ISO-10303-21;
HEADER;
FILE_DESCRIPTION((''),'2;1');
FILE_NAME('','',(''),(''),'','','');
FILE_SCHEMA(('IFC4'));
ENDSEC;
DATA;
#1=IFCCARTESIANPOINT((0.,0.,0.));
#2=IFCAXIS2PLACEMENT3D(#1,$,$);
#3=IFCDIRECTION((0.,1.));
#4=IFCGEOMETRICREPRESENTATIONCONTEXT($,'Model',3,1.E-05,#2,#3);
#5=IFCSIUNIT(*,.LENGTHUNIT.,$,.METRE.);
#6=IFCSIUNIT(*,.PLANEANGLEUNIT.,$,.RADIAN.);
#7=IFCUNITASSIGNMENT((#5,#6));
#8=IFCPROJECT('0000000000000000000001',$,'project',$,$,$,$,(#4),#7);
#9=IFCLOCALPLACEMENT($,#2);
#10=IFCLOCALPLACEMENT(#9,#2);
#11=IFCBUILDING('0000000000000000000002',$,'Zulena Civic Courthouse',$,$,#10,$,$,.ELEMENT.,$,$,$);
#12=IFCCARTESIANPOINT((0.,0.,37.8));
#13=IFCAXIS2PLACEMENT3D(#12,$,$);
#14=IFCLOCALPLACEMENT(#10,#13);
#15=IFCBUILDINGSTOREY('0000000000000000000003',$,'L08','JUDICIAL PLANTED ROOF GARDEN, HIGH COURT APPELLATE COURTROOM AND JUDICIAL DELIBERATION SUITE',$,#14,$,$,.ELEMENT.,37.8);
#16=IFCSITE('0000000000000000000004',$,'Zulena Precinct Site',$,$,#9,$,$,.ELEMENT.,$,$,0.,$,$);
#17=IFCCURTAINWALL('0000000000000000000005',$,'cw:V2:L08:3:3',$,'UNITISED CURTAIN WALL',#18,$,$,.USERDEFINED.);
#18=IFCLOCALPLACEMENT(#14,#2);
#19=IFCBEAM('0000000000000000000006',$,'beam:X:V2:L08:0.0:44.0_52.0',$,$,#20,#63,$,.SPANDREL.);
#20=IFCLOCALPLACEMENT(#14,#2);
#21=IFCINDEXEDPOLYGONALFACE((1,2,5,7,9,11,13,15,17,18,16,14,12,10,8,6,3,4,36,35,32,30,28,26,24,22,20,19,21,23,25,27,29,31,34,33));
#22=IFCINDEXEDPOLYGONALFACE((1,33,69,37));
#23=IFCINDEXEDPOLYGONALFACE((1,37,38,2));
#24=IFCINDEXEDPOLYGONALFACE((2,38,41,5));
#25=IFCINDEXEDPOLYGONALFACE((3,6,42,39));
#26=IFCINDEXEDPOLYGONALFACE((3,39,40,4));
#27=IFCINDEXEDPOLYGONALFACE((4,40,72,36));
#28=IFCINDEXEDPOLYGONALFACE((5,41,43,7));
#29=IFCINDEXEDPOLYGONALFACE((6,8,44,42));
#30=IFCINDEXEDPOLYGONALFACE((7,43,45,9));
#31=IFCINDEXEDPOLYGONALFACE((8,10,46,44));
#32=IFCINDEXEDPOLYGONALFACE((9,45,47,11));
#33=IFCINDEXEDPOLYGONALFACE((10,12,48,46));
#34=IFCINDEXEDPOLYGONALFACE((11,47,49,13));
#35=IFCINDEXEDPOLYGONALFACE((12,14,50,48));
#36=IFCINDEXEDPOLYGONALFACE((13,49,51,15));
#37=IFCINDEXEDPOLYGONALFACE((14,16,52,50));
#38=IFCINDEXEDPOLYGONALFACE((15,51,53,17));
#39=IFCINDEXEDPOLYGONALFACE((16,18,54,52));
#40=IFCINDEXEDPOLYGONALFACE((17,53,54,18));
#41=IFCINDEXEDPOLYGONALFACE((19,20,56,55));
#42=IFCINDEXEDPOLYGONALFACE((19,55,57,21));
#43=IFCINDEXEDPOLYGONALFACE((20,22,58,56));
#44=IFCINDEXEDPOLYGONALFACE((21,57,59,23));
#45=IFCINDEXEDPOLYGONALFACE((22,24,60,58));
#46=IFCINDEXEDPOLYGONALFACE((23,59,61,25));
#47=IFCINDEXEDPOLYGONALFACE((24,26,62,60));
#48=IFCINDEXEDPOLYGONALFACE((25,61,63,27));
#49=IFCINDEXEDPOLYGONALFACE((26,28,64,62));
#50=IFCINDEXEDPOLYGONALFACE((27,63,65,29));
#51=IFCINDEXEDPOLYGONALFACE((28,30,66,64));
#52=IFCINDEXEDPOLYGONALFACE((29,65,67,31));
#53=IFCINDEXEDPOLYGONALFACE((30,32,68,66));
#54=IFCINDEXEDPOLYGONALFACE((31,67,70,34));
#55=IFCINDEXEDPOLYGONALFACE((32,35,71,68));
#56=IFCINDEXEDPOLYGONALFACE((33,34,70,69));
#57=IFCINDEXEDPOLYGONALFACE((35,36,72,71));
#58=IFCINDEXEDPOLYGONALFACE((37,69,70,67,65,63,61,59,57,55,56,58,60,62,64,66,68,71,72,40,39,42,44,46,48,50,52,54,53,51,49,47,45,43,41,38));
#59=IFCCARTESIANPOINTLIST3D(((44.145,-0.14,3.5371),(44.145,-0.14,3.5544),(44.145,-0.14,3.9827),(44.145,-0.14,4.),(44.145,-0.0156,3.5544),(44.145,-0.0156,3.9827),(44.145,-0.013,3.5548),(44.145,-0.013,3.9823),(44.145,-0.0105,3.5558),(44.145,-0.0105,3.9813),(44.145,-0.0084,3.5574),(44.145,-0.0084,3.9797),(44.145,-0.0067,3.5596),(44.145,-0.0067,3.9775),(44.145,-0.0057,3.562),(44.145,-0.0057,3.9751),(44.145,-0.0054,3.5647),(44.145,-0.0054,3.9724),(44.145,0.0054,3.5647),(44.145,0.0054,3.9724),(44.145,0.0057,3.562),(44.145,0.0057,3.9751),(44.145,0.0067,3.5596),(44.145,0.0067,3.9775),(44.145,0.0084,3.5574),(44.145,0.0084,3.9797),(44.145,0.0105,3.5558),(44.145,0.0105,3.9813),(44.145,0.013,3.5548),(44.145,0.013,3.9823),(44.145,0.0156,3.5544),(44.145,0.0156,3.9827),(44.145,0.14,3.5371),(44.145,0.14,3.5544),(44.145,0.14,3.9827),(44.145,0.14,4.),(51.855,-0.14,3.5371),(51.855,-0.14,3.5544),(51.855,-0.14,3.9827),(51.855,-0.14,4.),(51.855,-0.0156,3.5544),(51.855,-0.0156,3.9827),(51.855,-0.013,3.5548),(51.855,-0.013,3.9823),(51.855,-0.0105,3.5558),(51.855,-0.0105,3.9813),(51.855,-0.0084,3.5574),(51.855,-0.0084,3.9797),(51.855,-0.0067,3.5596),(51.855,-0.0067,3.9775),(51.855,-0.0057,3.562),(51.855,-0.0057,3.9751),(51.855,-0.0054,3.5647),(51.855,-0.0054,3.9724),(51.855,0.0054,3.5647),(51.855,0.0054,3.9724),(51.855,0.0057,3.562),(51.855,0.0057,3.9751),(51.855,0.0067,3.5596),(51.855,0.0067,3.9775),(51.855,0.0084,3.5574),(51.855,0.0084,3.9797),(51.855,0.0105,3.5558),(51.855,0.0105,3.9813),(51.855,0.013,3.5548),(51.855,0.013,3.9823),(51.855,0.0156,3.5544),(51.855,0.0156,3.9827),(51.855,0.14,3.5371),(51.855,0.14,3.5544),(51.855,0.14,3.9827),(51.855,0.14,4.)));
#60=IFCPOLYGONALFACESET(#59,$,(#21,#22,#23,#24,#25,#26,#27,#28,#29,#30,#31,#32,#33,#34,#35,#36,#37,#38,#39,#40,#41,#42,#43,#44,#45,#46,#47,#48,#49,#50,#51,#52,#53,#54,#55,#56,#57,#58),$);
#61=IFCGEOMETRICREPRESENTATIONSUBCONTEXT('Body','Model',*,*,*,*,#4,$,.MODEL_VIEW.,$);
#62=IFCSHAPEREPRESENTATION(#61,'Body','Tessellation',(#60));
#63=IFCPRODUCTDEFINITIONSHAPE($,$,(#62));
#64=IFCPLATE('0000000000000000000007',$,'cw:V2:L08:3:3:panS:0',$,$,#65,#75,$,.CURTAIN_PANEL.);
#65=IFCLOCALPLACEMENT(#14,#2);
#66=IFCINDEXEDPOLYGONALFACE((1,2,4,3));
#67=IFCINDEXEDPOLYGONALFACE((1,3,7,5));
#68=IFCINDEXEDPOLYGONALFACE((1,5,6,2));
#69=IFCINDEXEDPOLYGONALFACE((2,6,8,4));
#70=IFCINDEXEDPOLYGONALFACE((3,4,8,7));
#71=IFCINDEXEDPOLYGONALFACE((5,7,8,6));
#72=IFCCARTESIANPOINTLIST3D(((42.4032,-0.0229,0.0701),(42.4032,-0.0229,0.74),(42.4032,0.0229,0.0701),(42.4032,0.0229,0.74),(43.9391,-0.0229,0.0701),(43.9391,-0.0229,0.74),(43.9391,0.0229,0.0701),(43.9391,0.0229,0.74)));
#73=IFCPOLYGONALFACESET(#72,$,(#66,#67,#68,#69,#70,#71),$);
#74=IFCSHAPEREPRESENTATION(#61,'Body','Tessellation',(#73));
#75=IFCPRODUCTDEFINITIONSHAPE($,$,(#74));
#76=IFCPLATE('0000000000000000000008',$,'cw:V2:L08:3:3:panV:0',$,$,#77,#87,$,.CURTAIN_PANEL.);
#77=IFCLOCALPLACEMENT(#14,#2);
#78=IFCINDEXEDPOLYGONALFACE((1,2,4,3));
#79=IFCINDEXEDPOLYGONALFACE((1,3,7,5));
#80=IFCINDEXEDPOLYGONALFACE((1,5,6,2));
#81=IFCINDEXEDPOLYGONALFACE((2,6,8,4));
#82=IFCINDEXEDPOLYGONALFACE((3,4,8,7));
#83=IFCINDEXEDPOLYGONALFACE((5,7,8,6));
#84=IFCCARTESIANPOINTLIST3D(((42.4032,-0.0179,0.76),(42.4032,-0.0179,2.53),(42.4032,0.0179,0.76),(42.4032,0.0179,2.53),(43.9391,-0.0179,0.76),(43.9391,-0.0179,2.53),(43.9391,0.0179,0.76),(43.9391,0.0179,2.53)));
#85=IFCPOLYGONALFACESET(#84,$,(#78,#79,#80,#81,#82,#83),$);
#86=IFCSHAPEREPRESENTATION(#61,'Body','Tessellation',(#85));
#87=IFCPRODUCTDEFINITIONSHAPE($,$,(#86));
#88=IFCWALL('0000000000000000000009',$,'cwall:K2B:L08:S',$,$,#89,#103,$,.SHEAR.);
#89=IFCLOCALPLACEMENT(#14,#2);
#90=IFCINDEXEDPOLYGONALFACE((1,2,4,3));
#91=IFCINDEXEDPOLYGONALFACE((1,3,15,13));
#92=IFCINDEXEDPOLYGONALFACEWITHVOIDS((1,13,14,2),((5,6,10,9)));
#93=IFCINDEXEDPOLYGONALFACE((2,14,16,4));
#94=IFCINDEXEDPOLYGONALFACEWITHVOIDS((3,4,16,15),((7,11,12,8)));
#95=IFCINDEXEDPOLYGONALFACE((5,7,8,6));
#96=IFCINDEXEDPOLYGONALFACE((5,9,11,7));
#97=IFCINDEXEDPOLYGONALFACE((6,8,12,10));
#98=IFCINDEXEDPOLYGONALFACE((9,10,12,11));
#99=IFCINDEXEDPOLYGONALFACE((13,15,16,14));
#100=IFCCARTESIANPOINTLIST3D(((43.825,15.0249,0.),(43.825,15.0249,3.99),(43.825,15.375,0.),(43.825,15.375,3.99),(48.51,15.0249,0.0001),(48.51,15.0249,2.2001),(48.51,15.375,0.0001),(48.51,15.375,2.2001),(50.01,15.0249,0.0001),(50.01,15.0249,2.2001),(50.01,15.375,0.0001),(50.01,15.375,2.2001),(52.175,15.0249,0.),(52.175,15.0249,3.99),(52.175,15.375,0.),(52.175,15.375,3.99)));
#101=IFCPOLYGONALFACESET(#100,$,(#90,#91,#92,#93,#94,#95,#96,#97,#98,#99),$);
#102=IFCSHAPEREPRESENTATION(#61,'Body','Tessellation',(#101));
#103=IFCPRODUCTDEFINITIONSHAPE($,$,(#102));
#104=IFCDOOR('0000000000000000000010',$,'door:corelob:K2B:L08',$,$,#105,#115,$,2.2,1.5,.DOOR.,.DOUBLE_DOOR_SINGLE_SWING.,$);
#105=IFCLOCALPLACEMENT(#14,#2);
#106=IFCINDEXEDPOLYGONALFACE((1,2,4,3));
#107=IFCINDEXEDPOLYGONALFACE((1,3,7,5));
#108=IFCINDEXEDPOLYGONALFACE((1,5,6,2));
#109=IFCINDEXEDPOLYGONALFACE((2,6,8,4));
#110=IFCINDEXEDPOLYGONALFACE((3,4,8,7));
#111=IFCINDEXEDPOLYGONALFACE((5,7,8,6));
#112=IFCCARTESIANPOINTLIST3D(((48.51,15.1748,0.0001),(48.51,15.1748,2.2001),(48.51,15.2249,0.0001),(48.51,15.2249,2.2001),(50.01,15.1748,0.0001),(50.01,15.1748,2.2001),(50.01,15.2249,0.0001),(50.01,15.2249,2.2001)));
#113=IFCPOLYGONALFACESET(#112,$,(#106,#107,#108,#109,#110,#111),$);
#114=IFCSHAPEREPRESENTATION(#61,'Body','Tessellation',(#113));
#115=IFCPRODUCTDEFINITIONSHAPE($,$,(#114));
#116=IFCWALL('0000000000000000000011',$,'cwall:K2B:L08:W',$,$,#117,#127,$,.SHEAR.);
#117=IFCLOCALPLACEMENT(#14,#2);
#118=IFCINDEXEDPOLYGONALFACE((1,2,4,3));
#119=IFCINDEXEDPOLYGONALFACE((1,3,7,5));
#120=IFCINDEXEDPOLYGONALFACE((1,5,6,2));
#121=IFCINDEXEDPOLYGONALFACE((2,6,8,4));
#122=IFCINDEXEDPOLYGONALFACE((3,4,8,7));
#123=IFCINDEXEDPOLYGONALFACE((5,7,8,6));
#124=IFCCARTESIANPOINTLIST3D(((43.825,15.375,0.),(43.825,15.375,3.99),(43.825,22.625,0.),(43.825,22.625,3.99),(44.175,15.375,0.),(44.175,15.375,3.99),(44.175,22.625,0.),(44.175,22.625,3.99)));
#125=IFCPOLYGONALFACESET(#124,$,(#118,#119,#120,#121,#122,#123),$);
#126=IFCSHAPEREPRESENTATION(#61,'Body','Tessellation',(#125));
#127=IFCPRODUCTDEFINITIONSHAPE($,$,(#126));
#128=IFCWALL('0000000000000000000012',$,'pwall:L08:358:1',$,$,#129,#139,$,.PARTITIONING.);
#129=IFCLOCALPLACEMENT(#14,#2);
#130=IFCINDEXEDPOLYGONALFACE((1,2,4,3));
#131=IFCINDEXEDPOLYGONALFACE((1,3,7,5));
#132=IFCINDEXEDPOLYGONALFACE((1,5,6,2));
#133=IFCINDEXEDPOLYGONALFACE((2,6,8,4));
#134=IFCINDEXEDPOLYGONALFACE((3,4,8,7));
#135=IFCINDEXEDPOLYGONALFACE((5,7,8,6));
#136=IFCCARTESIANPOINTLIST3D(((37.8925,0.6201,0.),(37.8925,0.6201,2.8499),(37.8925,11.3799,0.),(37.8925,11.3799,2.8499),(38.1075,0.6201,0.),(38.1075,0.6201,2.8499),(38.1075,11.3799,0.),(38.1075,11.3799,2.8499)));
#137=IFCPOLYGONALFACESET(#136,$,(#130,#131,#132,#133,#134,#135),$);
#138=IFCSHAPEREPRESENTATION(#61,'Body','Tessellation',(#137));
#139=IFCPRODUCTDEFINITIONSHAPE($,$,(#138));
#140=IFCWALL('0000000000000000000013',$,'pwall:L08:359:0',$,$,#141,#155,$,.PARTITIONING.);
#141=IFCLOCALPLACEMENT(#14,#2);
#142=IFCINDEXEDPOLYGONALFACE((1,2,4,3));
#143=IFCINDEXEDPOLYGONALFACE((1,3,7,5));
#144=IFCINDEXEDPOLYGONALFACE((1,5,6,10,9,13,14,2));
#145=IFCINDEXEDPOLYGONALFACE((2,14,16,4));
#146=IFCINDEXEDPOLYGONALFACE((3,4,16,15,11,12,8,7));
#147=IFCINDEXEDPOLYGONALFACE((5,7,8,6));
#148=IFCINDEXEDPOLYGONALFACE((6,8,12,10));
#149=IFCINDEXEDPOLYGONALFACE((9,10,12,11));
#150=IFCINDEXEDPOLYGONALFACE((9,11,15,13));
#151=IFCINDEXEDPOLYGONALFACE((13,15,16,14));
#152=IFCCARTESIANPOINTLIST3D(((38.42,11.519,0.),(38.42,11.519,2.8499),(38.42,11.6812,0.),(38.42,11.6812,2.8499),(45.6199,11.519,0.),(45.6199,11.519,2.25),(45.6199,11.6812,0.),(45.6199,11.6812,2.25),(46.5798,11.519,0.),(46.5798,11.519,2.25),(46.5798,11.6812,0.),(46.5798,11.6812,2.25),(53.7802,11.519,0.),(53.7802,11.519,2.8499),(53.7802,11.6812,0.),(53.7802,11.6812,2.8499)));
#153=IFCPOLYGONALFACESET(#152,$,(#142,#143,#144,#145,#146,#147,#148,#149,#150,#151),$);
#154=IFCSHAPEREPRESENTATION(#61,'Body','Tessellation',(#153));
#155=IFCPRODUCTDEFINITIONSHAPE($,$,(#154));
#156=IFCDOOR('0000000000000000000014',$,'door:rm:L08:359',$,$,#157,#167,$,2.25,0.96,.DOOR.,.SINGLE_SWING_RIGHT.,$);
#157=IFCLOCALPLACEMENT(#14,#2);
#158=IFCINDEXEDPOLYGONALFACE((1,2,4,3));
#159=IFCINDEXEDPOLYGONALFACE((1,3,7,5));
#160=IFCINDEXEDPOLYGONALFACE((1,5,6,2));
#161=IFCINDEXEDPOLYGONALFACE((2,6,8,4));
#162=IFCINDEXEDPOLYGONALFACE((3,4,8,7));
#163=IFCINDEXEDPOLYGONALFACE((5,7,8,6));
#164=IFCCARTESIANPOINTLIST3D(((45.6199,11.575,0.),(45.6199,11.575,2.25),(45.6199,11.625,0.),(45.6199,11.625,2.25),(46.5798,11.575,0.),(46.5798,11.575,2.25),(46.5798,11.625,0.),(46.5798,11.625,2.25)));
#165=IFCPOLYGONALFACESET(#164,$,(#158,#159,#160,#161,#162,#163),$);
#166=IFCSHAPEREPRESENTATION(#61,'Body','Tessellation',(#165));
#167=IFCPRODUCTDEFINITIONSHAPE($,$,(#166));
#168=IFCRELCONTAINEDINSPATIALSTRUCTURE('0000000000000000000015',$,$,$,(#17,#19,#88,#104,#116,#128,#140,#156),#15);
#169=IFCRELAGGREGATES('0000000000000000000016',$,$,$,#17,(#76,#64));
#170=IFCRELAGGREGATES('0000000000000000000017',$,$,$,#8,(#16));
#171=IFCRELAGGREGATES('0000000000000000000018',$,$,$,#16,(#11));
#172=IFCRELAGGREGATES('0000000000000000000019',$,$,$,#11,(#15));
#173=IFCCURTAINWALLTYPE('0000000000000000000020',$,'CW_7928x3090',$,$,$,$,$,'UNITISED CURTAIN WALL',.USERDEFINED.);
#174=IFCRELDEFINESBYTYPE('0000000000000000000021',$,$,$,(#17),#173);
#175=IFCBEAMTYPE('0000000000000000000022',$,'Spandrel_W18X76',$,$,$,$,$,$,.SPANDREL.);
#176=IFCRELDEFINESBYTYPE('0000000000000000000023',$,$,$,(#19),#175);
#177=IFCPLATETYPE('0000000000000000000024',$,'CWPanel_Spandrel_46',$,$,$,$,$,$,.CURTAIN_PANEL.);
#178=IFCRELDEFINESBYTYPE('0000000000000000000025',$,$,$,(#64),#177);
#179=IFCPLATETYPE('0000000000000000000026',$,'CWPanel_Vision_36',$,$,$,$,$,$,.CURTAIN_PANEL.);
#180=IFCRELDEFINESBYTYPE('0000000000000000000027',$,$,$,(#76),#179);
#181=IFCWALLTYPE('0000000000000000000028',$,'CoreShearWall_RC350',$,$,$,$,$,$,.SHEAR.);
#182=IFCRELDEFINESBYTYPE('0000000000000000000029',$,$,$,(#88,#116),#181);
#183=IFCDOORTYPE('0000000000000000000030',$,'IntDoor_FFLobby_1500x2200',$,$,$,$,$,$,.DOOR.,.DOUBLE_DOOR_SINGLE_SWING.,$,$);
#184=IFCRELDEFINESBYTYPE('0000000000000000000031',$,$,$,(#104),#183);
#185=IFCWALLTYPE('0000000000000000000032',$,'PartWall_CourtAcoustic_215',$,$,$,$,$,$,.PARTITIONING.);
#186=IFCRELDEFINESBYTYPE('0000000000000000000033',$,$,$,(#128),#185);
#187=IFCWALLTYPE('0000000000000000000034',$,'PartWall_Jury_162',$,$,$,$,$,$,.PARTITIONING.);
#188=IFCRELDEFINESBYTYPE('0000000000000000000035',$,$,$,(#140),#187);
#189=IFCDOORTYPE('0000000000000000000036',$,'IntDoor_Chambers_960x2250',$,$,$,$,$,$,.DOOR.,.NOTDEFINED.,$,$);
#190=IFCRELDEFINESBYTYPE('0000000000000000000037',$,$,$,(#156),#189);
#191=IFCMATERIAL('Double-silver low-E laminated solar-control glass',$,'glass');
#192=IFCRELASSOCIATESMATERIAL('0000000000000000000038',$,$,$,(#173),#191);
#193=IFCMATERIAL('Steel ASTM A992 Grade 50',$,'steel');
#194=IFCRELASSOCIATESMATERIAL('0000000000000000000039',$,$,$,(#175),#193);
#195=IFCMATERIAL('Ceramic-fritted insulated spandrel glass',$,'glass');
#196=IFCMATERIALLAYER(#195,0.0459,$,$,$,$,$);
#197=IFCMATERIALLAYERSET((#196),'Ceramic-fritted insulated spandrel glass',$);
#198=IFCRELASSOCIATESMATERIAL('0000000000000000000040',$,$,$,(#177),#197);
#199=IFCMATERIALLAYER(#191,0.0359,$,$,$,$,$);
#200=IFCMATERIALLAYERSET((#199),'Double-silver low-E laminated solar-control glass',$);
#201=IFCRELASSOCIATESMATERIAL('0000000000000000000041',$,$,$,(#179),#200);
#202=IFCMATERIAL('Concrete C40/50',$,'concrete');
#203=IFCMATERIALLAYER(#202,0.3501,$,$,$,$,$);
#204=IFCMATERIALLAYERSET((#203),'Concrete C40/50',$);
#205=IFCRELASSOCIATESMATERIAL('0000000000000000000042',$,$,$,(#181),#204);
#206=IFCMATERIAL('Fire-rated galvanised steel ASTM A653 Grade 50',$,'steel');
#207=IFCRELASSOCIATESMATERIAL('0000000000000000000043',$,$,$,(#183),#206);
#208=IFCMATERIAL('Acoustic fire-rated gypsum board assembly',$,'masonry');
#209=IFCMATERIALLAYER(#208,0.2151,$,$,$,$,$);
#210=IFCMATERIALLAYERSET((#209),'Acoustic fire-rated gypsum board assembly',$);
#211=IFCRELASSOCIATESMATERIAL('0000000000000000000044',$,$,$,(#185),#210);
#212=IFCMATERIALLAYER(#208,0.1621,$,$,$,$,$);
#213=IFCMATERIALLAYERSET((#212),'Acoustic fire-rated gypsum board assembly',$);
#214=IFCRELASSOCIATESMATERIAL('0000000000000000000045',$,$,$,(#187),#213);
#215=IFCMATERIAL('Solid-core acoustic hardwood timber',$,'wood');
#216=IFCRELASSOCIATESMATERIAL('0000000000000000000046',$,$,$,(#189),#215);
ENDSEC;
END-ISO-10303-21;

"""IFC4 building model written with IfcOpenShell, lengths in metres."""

from ifc_helpers import new_model, si_unit, direction, frame, frame_2d, origin, origin_2d, place, context, subcontext, project, spatial, rectangle, i_section, extrude, material, layer, layer_set, material_profile, profile_set, type_object, element, fill, aggregate, save


model = new_model("IFC4")

# Units and contexts
model_context = context("Model", 3, precision=1e-05, world=origin(), true_north=direction((0.0, 1.0)))
body_context = subcontext(model_context, "Body", "Model", "MODEL_VIEW")
ifc_project = project(units=[si_unit("LENGTHUNIT", "METRE"), si_unit("PLANEANGLEUNIT", "RADIAN")], contexts=[model_context])

# Site, building, storey
site_placement = place(None, origin())
site = spatial("IfcSite", under=ifc_project, at=site_placement, Name="Zulena Precinct Site", CompositionType="ELEMENT", RefElevation=0.0)
building_placement = place(site_placement, origin())
building = spatial("IfcBuilding", under=site, at=building_placement, Name="Zulena Civic Courthouse", CompositionType="ELEMENT")
storey_placement = place(building_placement, frame((0.0, 0.0, 37.8)))
storey = spatial("IfcBuildingStorey", under=building, at=storey_placement, Name="L08", Description="JUDICIAL PLANTED ROOF GARDEN, HIGH COURT APPELLATE COURTROOM AND JUDICIAL DELIBERATION SUITE", CompositionType="ELEMENT", Elevation=37.8)

# Shared definitions
ifc_material_1 = material(Name="Steel ASTM A992 Grade 50", Category="steel")

# Curtain wall
ifc_material_2 = material(Name="Double-silver low-E laminated solar-control glass", Category="glass")
curtain_wall_type = type_object("IfcCurtainWallType", Name="CW_7928x3090", ElementType="UNITISED CURTAIN WALL", PredefinedType="USERDEFINED", material=ifc_material_2)
curtain_wall_placement = place(storey_placement, origin())
curtain_wall = element("IfcCurtainWall", 1, at=curtain_wall_placement, inside=storey, type_object=curtain_wall_type, Name="cw:V2:L08:3:3", ObjectType="UNITISED CURTAIN WALL", PredefinedType="USERDEFINED")

# Beam
ifc_material_profile_1 = material_profile(ifc_material_1, i_section(OverallWidth=0.28, OverallDepth=0.4629, WebThickness=0.0107, FlangeThickness=0.0173, FilletRadius=0.0103, at=origin_2d()), Name="W18X76")
ifc_profile_set_1 = profile_set([ifc_material_profile_1], Name="Steel ASTM A992 Grade 50")
beam_type_1 = type_object("IfcBeamType", Name="Spandrel_W18X76", PredefinedType="SPANDREL", material=ifc_profile_set_1)
beam_1_placement = place(storey_placement, frame((44.145, 0.0, 3.7686), z_axis=(1.0, 0.0, 0.0), x_axis=(0.0, 1.0, 0.0)))
element("IfcBeam", 2, at=beam_1_placement, inside=storey, type_object=beam_type_1, Name="beam:X:V2:L08:0.0:44.0_52.0", PredefinedType="SPANDREL", context=body_context, shape_type="SweptSolid", body=[
    extrude(i_section(OverallWidth=0.28, OverallDepth=0.4629, WebThickness=0.0107, FlangeThickness=0.0173, FilletRadius=0.0103, at=origin_2d()), origin(), (0.0, 0.0, 1.0), 7.71),
])

# Plates
ifc_material_3 = material(Name="Ceramic-fritted insulated spandrel glass", Category="glass")
ifc_layer_1 = layer(ifc_material_3, 0.0459)
ifc_layer_set_1 = layer_set([ifc_layer_1], Name="Ceramic-fritted insulated spandrel glass")
plate_type_1 = type_object("IfcPlateType", Name="CWPanel_Spandrel_46", PredefinedType="CURTAIN_PANEL", material=ifc_layer_set_1)
plate_1_placement = place(storey_placement, frame((43.1711, 0.0, 0.0701), z_axis=(0.0, 0.0, 1.0), x_axis=(-1.0, 0.0, 0.0)))
plate_1 = element("IfcPlate", 3, at=plate_1_placement, type_object=plate_type_1, Name="cw:V2:L08:3:3:panS:0", PredefinedType="CURTAIN_PANEL", context=body_context, shape_type="SweptSolid", body=[
    extrude(rectangle(XDim=1.5359, YDim=0.0459, at=origin_2d()), origin(), (0.0, 0.0, 1.0), 0.6699),
])
ifc_layer_2 = layer(ifc_material_2, 0.0359)
ifc_layer_set_2 = layer_set([ifc_layer_2], Name="Double-silver low-E laminated solar-control glass")
plate_type_2 = type_object("IfcPlateType", Name="CWPanel_Vision_36", PredefinedType="CURTAIN_PANEL", material=ifc_layer_set_2)
plate_2_placement = place(storey_placement, frame((43.1711, 0.0, 0.76), z_axis=(0.0, 0.0, 1.0), x_axis=(-1.0, 0.0, 0.0)))
plate_2 = element("IfcPlate", 4, at=plate_2_placement, type_object=plate_type_2, Name="cw:V2:L08:3:3:panV:0", PredefinedType="CURTAIN_PANEL", context=body_context, shape_type="SweptSolid", body=[
    extrude(rectangle(XDim=1.5359, YDim=0.0359, at=origin_2d()), origin(), (0.0, 0.0, 1.0), 1.77),
])
aggregate(curtain_wall, [plate_2, plate_1])

# Wall, opening, door
ifc_material_4 = material(Name="Concrete C40/50", Category="concrete")
ifc_layer_3 = layer(ifc_material_4, 0.3501)
ifc_layer_set_3 = layer_set([ifc_layer_3], Name="Concrete C40/50")
wall_type_1 = type_object("IfcWallType", Name="CoreShearWall_RC350", PredefinedType="SHEAR", material=ifc_layer_set_3)
wall_1_placement = place(storey_placement, frame((43.825, 15.2, 0.0), z_axis=(0.0, 0.0, 1.0), x_axis=(1.0, 0.0, 0.0)))
wall_1 = element("IfcWall", 5, at=wall_1_placement, inside=storey, type_object=wall_type_1, Name="cwall:K2B:L08:S", PredefinedType="SHEAR", context=body_context, shape_type="SweptSolid", body=[
    extrude(rectangle(XDim=8.3501, YDim=0.3501, at=frame_2d((4.175, 0.0))), origin(), (0.0, 0.0, 1.0), 3.99),
])
opening_1_placement = place(wall_1_placement, frame((4.6851, 0.0, 0.0)))
opening_1 = element("IfcOpeningElement", 6, at=opening_1_placement, cuts=wall_1, PredefinedType="OPENING", context=body_context, shape_type="SweptSolid", body=[
    extrude(rectangle(XDim=1.5, YDim=2.2, at=frame_2d((0.75, 1.1001))), frame((0.0, 0.1851, 0.0), z_axis=(0.0, -1.0, 0.0), x_axis=(1.0, 0.0, 0.0)), (0.0, 0.0, 1.0), 0.3701),
])
ifc_material_5 = material(Name="Fire-rated galvanised steel ASTM A653 Grade 50", Category="steel")
door_type_1 = type_object("IfcDoorType", Name="IntDoor_FFLobby_1500x2200", OperationType="DOUBLE_DOOR_SINGLE_SWING", PredefinedType="DOOR", material=ifc_material_5)
door_1_placement = place(opening_1_placement, origin())
door_1 = element("IfcDoor", 7, at=door_1_placement, inside=storey, type_object=door_type_1, Name="door:corelob:K2B:L08", OperationType="DOUBLE_DOOR_SINGLE_SWING", OverallHeight=2.2, OverallWidth=1.5, PredefinedType="DOOR", context=body_context, shape_type="SweptSolid", body=[
    extrude(rectangle(XDim=1.5, YDim=2.2, at=frame_2d((0.75, 1.1001))), frame((0.0, 0.0249, 0.0), z_axis=(0.0, -1.0, 0.0), x_axis=(1.0, 0.0, 0.0)), (0.0, 0.0, 1.0), 0.05),
])
fill(opening_1, door_1)

# Walls
wall_2_placement = place(storey_placement, frame((44.0, 15.375, 0.0), z_axis=(0.0, 0.0, 1.0), x_axis=(0.0, 1.0, 0.0)))
element("IfcWall", 8, at=wall_2_placement, inside=storey, type_object=wall_type_1, Name="cwall:K2B:L08:W", PredefinedType="SHEAR", context=body_context, shape_type="SweptSolid", body=[
    extrude(rectangle(XDim=7.25, YDim=0.3501, at=frame_2d((3.625, 0.0))), origin(), (0.0, 0.0, 1.0), 3.99),
])
ifc_material_6 = material(Name="Acoustic fire-rated gypsum board assembly", Category="masonry")
ifc_layer_4 = layer(ifc_material_6, 0.2151)
ifc_layer_set_4 = layer_set([ifc_layer_4], Name="Acoustic fire-rated gypsum board assembly")
wall_type_2 = type_object("IfcWallType", Name="PartWall_CourtAcoustic_215", PredefinedType="PARTITIONING", material=ifc_layer_set_4)
wall_3_placement = place(storey_placement, frame((38.0, 0.6201, 0.0), z_axis=(0.0, 0.0, 1.0), x_axis=(0.0, 1.0, 0.0)))
element("IfcWall", 9, at=wall_3_placement, inside=storey, type_object=wall_type_2, Name="pwall:L08:358:1", PredefinedType="PARTITIONING", context=body_context, shape_type="SweptSolid", body=[
    extrude(rectangle(XDim=10.7598, YDim=0.2151, at=frame_2d((5.3799, 0.0))), origin(), (0.0, 0.0, 1.0), 2.8499),
])

# Wall, opening, door
ifc_layer_5 = layer(ifc_material_6, 0.1621)
ifc_layer_set_5 = layer_set([ifc_layer_5], Name="Acoustic fire-rated gypsum board assembly")
wall_type_3 = type_object("IfcWallType", Name="PartWall_Jury_162", PredefinedType="PARTITIONING", material=ifc_layer_set_5)
wall_4_placement = place(storey_placement, frame((38.4199, 11.6001, 0.0), z_axis=(0.0, 0.0, 1.0), x_axis=(1.0, 0.0, 0.0)))
wall_4 = element("IfcWall", 10, at=wall_4_placement, inside=storey, type_object=wall_type_3, Name="pwall:L08:359:0", PredefinedType="PARTITIONING", context=body_context, shape_type="SweptSolid", body=[
    extrude(rectangle(XDim=15.3601, YDim=0.1621, at=frame_2d((7.6802, 0.0))), origin(), (0.0, 0.0, 1.0), 2.8499),
])
opening_2_placement = place(wall_4_placement, frame((7.2, 0.0, 0.0)))
opening_2 = element("IfcOpeningElement", 11, at=opening_2_placement, cuts=wall_4, PredefinedType="OPENING", context=body_context, shape_type="SweptSolid", body=[
    extrude(rectangle(XDim=0.96, YDim=2.25, at=frame_2d((0.48, 1.125))), frame((0.0, 0.0911, 0.0), z_axis=(0.0, -1.0, 0.0), x_axis=(1.0, 0.0, 0.0)), (0.0, 0.0, 1.0), 0.1821),
])
ifc_material_7 = material(Name="Solid-core acoustic hardwood timber", Category="wood")
door_type_2 = type_object("IfcDoorType", Name="IntDoor_Chambers_960x2250", OperationType="NOTDEFINED", PredefinedType="DOOR", material=ifc_material_7)
door_2_placement = place(opening_2_placement, origin())
door_2 = element("IfcDoor", 12, at=door_2_placement, inside=storey, type_object=door_type_2, Name="door:rm:L08:359", OperationType="SINGLE_SWING_RIGHT", OverallHeight=2.25, OverallWidth=0.96, PredefinedType="DOOR", context=body_context, shape_type="SweptSolid", body=[
    extrude(rectangle(XDim=0.96, YDim=2.25, at=frame_2d((0.48, 1.125))), frame((0.0, 0.0249, 0.0), z_axis=(0.0, -1.0, 0.0), x_axis=(1.0, 0.0, 0.0)), (0.0, 0.0, 1.0), 0.05),
])
fill(opening_2, door_2)

save(model, "model.ifc")
